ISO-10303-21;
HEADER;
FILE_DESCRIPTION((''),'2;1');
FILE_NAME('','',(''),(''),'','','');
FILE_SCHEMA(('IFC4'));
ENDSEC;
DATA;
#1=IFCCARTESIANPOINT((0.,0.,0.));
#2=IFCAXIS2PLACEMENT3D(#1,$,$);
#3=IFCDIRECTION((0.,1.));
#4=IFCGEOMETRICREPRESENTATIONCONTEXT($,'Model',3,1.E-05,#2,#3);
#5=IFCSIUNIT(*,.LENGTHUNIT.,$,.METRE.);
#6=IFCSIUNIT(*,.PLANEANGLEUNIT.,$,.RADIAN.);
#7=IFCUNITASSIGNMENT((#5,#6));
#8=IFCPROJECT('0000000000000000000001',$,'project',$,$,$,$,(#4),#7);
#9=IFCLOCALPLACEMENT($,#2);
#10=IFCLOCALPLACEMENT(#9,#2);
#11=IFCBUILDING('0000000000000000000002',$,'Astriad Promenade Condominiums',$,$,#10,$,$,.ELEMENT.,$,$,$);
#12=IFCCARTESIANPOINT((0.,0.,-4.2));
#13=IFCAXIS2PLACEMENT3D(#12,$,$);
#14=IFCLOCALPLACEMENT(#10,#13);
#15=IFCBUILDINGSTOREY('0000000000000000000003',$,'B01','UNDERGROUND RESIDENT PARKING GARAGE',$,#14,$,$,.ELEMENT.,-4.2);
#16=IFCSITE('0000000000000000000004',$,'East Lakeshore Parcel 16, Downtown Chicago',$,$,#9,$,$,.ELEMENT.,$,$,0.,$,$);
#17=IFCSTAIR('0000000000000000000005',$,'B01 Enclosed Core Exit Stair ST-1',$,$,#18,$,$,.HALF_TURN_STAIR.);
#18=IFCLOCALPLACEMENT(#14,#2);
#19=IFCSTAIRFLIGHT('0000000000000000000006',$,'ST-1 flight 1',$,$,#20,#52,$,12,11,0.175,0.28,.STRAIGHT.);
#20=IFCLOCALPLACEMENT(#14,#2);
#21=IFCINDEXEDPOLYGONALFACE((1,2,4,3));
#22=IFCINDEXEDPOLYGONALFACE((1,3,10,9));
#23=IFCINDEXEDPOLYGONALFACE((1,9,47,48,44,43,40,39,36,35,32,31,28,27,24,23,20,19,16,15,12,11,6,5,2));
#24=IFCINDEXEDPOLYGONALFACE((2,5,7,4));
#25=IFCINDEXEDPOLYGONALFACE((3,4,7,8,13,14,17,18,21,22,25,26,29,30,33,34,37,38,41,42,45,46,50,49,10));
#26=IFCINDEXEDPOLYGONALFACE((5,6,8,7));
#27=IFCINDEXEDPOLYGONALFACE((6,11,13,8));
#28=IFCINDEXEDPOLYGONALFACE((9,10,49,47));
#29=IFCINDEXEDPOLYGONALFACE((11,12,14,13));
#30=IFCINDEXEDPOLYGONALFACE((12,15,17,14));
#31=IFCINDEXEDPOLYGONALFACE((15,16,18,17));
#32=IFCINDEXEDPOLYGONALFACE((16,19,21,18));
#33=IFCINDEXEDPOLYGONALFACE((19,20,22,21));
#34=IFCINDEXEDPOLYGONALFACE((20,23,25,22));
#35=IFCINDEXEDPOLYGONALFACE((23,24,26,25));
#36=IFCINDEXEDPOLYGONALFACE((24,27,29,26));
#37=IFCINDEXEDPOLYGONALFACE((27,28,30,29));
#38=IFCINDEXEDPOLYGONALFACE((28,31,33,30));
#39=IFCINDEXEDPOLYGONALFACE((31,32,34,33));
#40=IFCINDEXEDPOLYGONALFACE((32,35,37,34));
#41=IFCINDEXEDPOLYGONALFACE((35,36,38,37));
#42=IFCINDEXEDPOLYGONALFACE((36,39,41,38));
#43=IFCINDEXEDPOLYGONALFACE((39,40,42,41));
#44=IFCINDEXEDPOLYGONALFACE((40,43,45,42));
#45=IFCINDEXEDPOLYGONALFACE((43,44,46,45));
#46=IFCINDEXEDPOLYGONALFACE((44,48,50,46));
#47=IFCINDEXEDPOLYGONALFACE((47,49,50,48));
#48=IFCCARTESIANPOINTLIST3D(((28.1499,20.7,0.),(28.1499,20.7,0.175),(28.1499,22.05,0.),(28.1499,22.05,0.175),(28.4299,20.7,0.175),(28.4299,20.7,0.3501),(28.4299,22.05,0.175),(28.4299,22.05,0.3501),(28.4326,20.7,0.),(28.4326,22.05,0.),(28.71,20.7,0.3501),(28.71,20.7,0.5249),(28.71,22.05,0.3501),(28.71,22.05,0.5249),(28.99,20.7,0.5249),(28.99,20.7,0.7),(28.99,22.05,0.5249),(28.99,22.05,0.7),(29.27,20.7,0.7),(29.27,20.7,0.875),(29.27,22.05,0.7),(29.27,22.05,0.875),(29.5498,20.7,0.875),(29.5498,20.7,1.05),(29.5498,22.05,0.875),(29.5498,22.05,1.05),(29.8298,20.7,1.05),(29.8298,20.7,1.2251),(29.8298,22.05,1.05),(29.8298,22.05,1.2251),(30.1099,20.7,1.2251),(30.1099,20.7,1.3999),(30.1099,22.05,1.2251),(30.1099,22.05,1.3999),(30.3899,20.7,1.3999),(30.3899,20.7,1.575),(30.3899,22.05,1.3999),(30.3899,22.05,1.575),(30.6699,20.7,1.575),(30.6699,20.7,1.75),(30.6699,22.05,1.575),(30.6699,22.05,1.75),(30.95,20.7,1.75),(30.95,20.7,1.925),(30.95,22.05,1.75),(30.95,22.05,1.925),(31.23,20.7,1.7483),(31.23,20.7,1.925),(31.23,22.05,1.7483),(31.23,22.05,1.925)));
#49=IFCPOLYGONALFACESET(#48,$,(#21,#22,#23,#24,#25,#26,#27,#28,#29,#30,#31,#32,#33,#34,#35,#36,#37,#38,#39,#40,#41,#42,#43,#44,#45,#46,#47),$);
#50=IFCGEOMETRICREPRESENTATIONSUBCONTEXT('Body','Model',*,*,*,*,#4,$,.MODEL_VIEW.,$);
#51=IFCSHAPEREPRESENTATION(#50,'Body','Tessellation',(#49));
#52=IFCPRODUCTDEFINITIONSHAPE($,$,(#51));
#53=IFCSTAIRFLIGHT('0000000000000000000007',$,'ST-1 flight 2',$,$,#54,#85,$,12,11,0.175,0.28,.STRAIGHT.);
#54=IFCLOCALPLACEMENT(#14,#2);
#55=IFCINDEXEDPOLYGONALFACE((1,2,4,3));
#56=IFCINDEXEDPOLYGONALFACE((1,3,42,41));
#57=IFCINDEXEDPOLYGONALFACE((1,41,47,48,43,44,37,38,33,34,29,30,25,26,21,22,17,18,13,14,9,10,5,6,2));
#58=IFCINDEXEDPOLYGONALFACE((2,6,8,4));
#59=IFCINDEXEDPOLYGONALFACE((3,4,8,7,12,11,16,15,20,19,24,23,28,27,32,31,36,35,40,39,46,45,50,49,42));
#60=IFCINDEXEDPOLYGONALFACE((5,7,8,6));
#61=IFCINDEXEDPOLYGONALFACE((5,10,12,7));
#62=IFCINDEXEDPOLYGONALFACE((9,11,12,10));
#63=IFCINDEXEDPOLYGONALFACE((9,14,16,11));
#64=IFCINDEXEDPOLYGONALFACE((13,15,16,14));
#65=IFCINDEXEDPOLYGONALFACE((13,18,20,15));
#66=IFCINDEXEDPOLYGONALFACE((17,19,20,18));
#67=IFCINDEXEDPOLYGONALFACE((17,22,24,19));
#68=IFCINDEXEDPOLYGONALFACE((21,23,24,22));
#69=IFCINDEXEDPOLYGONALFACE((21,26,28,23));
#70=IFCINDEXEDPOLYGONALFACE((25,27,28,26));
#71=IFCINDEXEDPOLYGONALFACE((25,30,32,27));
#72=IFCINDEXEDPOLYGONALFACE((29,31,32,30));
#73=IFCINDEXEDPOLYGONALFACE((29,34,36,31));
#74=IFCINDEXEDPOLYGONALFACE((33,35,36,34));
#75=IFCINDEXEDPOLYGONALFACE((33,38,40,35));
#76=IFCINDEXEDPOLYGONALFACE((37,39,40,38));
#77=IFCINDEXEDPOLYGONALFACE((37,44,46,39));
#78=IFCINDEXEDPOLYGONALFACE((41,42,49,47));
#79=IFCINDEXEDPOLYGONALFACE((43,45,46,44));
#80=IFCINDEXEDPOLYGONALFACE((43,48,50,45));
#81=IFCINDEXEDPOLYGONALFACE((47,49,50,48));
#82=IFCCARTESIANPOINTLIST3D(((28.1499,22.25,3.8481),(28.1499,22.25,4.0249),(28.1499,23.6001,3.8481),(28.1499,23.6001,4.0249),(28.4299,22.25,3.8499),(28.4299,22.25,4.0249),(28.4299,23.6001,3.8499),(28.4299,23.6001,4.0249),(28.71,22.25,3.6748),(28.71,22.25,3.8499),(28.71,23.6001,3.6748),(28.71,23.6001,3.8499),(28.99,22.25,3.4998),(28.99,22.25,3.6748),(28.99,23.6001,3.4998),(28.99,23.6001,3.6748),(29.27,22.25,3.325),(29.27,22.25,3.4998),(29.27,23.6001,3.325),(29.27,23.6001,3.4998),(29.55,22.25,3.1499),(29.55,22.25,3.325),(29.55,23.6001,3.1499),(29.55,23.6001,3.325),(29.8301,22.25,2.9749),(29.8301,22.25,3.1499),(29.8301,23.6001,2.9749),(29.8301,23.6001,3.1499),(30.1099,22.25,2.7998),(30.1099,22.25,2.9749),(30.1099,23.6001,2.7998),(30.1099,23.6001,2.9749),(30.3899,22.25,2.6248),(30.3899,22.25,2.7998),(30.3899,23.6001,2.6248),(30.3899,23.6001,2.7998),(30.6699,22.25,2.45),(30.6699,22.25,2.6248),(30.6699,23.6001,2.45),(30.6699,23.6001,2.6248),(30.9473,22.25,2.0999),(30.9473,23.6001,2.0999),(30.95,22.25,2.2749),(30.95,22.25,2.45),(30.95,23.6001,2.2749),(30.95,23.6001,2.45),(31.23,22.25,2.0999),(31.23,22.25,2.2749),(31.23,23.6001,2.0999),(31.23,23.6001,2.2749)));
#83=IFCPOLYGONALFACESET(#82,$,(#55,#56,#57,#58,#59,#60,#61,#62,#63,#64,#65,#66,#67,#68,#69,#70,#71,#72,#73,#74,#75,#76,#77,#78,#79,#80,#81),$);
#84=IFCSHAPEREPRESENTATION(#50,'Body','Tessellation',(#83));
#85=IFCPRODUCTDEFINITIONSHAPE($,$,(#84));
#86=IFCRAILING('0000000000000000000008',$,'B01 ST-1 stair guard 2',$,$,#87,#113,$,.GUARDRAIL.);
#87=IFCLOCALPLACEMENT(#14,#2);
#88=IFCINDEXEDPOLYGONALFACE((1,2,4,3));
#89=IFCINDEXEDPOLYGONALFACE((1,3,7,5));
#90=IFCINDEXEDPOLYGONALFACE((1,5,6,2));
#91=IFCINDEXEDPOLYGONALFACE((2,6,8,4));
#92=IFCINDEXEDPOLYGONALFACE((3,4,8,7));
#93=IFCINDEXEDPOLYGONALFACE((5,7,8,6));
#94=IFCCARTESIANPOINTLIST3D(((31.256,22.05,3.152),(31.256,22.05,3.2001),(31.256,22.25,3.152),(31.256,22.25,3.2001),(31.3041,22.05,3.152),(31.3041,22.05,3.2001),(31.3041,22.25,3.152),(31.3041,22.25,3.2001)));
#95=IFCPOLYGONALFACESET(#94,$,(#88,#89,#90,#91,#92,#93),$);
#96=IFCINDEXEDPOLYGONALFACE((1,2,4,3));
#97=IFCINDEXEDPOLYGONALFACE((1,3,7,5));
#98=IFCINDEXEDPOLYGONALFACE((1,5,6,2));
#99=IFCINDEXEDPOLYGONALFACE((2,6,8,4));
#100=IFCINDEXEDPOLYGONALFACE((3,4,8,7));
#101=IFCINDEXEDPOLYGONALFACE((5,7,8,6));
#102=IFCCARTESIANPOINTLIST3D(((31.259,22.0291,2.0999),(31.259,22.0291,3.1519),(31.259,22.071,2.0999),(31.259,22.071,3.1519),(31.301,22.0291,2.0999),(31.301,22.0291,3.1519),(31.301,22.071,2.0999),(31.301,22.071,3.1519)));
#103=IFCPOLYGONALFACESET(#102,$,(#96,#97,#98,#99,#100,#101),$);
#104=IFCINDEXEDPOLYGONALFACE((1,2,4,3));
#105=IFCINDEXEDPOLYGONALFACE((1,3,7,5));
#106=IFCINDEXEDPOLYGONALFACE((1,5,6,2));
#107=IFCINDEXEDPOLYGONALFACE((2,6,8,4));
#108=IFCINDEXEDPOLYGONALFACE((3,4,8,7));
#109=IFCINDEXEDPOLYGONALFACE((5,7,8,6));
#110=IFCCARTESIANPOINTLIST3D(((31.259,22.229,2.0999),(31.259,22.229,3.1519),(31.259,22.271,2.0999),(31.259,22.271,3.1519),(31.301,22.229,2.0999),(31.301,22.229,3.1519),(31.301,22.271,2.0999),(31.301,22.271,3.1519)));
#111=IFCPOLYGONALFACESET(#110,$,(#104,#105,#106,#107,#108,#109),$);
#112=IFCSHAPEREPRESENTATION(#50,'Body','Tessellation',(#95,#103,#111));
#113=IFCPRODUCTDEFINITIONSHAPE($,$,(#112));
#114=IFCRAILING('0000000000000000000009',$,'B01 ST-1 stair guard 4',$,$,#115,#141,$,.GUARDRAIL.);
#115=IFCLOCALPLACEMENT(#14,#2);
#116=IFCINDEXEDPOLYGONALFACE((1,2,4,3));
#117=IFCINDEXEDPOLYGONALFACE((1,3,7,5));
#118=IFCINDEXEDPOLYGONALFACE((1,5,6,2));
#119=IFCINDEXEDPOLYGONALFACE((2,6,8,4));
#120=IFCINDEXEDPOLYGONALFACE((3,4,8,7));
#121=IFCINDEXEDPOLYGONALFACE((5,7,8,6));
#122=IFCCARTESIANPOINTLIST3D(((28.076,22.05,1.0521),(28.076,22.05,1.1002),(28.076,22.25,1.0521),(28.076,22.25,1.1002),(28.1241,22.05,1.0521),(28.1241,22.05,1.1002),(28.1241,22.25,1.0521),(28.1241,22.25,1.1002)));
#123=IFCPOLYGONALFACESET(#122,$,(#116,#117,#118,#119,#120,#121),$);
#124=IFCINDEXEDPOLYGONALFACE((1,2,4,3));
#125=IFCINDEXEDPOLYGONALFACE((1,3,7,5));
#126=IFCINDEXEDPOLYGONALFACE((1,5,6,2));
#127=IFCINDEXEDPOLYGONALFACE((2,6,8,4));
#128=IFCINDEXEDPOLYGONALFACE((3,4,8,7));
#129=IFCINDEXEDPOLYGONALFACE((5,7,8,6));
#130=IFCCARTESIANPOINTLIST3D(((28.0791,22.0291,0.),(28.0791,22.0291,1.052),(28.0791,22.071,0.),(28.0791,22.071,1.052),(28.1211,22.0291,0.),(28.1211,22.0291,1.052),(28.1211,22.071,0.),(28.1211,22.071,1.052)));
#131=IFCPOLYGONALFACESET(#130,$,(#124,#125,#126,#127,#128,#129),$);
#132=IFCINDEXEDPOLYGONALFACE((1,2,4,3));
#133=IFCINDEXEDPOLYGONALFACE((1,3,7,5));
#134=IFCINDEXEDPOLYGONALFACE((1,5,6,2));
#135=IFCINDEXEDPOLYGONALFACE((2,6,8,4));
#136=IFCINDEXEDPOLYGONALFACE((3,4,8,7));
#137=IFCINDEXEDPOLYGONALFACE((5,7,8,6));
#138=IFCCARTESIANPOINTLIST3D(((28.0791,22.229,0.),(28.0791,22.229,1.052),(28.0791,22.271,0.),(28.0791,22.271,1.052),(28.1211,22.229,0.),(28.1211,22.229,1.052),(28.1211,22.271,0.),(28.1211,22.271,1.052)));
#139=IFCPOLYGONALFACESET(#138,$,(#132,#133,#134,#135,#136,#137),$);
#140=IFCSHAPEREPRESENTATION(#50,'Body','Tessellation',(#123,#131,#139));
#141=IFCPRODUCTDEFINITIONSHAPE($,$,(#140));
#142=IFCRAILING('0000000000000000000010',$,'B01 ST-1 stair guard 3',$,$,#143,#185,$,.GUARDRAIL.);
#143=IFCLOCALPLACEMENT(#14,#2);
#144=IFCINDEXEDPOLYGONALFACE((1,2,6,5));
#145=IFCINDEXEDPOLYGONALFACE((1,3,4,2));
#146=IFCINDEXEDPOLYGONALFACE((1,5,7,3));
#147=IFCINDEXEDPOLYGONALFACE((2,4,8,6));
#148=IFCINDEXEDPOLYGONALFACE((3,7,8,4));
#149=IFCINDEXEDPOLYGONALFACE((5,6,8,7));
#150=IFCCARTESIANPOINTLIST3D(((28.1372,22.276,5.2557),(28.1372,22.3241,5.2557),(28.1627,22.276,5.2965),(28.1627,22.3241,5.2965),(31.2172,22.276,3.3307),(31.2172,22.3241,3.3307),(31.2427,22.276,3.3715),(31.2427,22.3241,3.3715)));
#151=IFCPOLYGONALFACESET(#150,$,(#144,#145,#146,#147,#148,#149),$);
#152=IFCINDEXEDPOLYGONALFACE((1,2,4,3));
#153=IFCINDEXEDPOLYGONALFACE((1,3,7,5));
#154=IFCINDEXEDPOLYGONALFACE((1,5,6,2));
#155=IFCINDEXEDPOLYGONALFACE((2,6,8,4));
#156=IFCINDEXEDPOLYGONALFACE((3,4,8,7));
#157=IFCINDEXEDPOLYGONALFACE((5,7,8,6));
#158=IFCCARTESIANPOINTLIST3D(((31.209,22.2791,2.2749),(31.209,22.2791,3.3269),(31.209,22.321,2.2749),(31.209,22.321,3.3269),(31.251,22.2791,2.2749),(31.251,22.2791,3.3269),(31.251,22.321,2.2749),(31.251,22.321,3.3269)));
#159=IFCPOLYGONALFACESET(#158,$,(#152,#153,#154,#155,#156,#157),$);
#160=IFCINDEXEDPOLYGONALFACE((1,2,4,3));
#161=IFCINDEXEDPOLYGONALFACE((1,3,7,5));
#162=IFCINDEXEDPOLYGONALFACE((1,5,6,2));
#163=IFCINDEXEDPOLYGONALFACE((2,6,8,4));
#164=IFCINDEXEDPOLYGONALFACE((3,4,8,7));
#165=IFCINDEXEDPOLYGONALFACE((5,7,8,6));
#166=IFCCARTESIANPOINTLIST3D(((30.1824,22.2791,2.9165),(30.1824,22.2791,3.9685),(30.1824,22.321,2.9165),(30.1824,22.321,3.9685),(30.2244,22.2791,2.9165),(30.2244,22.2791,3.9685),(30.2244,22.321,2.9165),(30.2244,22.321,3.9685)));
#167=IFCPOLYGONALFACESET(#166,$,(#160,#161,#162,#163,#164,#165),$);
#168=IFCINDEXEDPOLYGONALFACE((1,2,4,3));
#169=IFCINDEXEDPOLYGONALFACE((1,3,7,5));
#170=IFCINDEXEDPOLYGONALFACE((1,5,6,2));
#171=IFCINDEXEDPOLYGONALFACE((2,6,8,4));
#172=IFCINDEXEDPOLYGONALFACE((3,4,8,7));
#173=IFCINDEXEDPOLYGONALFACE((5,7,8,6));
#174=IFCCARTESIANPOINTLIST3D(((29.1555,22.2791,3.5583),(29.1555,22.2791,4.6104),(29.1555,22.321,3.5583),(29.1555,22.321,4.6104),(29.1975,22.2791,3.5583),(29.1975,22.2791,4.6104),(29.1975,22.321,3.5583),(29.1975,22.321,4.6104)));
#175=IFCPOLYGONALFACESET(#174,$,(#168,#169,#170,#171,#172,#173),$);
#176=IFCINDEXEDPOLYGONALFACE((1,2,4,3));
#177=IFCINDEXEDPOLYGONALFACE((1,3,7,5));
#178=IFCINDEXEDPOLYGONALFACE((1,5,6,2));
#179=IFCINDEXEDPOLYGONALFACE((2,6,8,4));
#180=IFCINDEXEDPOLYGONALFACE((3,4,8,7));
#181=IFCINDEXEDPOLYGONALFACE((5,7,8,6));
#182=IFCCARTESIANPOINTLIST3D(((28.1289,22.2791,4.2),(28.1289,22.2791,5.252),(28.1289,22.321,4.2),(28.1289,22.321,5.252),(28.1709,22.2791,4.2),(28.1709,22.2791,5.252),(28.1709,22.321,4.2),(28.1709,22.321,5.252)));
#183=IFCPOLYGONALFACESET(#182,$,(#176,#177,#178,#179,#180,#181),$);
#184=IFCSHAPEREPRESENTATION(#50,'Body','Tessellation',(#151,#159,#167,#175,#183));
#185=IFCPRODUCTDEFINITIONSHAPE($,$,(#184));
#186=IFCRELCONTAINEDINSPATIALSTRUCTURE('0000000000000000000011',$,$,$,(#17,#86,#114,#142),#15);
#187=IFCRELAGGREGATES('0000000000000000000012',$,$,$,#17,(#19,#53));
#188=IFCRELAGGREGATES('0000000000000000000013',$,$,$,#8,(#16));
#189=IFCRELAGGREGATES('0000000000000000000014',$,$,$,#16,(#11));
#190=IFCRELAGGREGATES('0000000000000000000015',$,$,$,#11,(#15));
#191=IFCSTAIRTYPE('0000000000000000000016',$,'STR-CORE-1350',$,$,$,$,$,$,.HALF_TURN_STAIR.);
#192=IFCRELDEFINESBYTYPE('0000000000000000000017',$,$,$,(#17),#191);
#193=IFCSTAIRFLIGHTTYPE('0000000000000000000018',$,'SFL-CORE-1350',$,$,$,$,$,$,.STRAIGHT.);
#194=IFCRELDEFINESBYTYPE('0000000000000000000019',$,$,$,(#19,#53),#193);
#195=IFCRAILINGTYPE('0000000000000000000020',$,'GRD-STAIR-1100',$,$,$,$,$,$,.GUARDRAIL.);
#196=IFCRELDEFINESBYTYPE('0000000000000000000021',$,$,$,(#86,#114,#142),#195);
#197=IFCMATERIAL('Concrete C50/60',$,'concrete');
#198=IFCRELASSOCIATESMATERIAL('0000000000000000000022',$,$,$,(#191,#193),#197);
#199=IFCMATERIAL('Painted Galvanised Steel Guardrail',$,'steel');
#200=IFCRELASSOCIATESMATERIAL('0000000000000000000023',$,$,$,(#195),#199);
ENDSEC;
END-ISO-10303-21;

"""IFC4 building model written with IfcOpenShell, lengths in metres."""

from ifc_helpers import new_model, si_unit, direction, frame, origin, origin_2d, place, context, subcontext, project, spatial, polyline, rectangle, outline, extrude, source, transform, mapped, material, type_object, type_shapes, element, aggregate, save


model = new_model("IFC4")

# Units and contexts
model_context = context("Model", 3, precision=1e-05, world=origin(), true_north=direction((0.0, 1.0)))
body_context = subcontext(model_context, "Body", "Model", "MODEL_VIEW")
ifc_project = project(units=[si_unit("LENGTHUNIT", "METRE"), si_unit("PLANEANGLEUNIT", "RADIAN")], contexts=[model_context])

# Site, building, storey
site_placement = place(None, origin())
site = spatial("IfcSite", under=ifc_project, at=site_placement, Name="East Lakeshore Parcel 16, Downtown Chicago", CompositionType="ELEMENT", RefElevation=0.0)
building_placement = place(site_placement, origin())
building = spatial("IfcBuilding", under=site, at=building_placement, Name="Astriad Promenade Condominiums", CompositionType="ELEMENT")
storey_placement = place(building_placement, frame((0.0, 0.0, -4.2)))
storey = spatial("IfcBuildingStorey", under=building, at=storey_placement, Name="B01", Description="UNDERGROUND RESIDENT PARKING GARAGE", CompositionType="ELEMENT", Elevation=-4.2)

# Shared definitions
ifc_material_1 = material(Name="Concrete C50/60", Category="concrete")

# Stair, stair flights
stair_type = type_object("IfcStairType", Name="STR-CORE-1350", PredefinedType="HALF_TURN_STAIR", material=ifc_material_1)
stair_placement = place(storey_placement, origin())
stair = element("IfcStair", 1, at=stair_placement, inside=storey, type_object=stair_type, Name="B01 Enclosed Core Exit Stair ST-1", PredefinedType="HALF_TURN_STAIR")
stair_flight_type = type_object("IfcStairFlightType", Name="SFL-CORE-1350", PredefinedType="STRAIGHT", material=ifc_material_1)
shared_shape_1 = source(origin(), body_context, "Body", "SweptSolid", [
    extrude(outline(polyline([(0.0, 0.0), (0.0, 0.175), (0.28, 0.175), (0.28, 0.3501), (0.5601, 0.3501), (0.5601, 0.5249), (0.8401, 0.5249), (0.8401, 0.7), (1.1201, 0.7), (1.1201, 0.875), (1.3999, 0.875), (1.3999, 1.05), (1.6799, 1.05), (1.6799, 1.2251), (1.96, 1.2251), (1.96, 1.3999), (2.24, 1.3999), (2.24, 1.575), (2.52, 1.575), (2.52, 1.75), (2.8, 1.75), (2.8, 1.925), (3.0801, 1.925), (3.0801, 2.1001), (3.0801, 1.7483), (0.2827, 0.0), (0.0, 0.0)])), frame((0.0, 0.675, 0.0), z_axis=(0.0, -1.0, 0.0), x_axis=(1.0, 0.0, 0.0)), (0.0, 0.0, 1.0), 1.3501),
])
type_shapes(stair_flight_type, [shared_shape_1])
stair_flight_1_placement = place(storey_placement, frame((28.1499, 21.375, 0.0), z_axis=(0.0, 0.0, 1.0), x_axis=(1.0, 0.0, 0.0)))
stair_flight_1 = element("IfcStairFlight", 2, at=stair_flight_1_placement, type_object=stair_flight_type, Name="ST-1 flight 1", NumberOfRisers=12, NumberOfTreads=11, PredefinedType="STRAIGHT", RiserHeight=0.175, TreadLength=0.28, context=body_context, shape_type="MappedRepresentation", body=[
    mapped(shared_shape_1, transform((0.0, 0.0, 0.0), scale=1.0)),
])
stair_flight_2_placement = place(storey_placement, frame((31.23, 22.925, 2.0999), z_axis=(0.0, 0.0, 1.0), x_axis=(-1.0, 0.0, 0.0)))
stair_flight_2 = element("IfcStairFlight", 3, at=stair_flight_2_placement, type_object=stair_flight_type, Name="ST-1 flight 2", NumberOfRisers=12, NumberOfTreads=11, PredefinedType="STRAIGHT", RiserHeight=0.175, TreadLength=0.28, context=body_context, shape_type="MappedRepresentation", body=[
    mapped(shared_shape_1, transform((0.0, 0.0, 0.0), scale=1.0)),
])
aggregate(stair, [stair_flight_1, stair_flight_2])

# Railings
ifc_material_2 = material(Name="Painted Galvanised Steel Guardrail", Category="steel")
railing_type_1 = type_object("IfcRailingType", Name="GRD-STAIR-1100", PredefinedType="GUARDRAIL", material=ifc_material_2)
shared_shape_2 = source(origin(), body_context, "Body", "SweptSolid", [
    extrude(rectangle(XDim=0.0481, YDim=0.0481, at=origin_2d()), frame((0.0, 0.0, 1.0762), z_axis=(0.0, 1.0, 0.0), x_axis=(-1.0, 0.0, 0.0)), (0.0, 0.0, 1.0), 0.2),
    extrude(rectangle(XDim=0.042, YDim=0.042, at=origin_2d()), origin(), (0.0, 0.0, 1.0), 1.052),
    extrude(rectangle(XDim=0.042, YDim=0.042, at=origin_2d()), frame((0.0, 0.2, 0.0)), (0.0, 0.0, 1.0), 1.052),
])
for number, where, name in (
    (4, (31.28, 22.05, 2.0999), "B01 ST-1 stair guard 2"),
    (5, (28.1001, 22.05, 0.0), "B01 ST-1 stair guard 4"),
):
    element("IfcRailing", number, at=place(storey_placement, frame(where)), inside=storey, type_object=railing_type_1, Name=name, PredefinedType="GUARDRAIL", context=body_context, shape_type="MappedRepresentation", body=[
        mapped(shared_shape_2, transform((0.0, 0.0, 0.0), scale=1.0)),
    ])
shared_shape_3 = source(origin(), body_context, "Body", "SweptSolid", [
    extrude(rectangle(XDim=0.0481, YDim=0.0481, at=origin_2d()), frame((0.0, 0.0, 1.0762), z_axis=(-0.847998, 0.0, 0.529999), x_axis=(0.0, -1.0, 0.0)), (0.0, 0.0, 1.0), 3.6321),
    extrude(rectangle(XDim=0.042, YDim=0.042, at=origin_2d()), origin(), (0.0, 0.0, 1.0), 1.052),
    extrude(rectangle(XDim=0.042, YDim=0.042, at=origin_2d()), frame((-1.0266, 0.0, 0.6416)), (0.0, 0.0, 1.0), 1.052),
    extrude(rectangle(XDim=0.042, YDim=0.042, at=origin_2d()), frame((-2.0535, 0.0, 1.2834)), (0.0, 0.0, 1.0), 1.052),
    extrude(rectangle(XDim=0.042, YDim=0.042, at=origin_2d()), frame((-3.0801, 0.0, 1.925)), (0.0, 0.0, 1.0), 1.052),
])
railing_1_placement = place(storey_placement, frame((31.23, 22.3, 2.2749)))
element("IfcRailing", 6, at=railing_1_placement, inside=storey, type_object=railing_type_1, Name="B01 ST-1 stair guard 3", PredefinedType="GUARDRAIL", context=body_context, shape_type="MappedRepresentation", body=[
    mapped(shared_shape_3, transform((0.0, 0.0, 0.0), scale=1.0)),
])

save(model, "model.ifc")
